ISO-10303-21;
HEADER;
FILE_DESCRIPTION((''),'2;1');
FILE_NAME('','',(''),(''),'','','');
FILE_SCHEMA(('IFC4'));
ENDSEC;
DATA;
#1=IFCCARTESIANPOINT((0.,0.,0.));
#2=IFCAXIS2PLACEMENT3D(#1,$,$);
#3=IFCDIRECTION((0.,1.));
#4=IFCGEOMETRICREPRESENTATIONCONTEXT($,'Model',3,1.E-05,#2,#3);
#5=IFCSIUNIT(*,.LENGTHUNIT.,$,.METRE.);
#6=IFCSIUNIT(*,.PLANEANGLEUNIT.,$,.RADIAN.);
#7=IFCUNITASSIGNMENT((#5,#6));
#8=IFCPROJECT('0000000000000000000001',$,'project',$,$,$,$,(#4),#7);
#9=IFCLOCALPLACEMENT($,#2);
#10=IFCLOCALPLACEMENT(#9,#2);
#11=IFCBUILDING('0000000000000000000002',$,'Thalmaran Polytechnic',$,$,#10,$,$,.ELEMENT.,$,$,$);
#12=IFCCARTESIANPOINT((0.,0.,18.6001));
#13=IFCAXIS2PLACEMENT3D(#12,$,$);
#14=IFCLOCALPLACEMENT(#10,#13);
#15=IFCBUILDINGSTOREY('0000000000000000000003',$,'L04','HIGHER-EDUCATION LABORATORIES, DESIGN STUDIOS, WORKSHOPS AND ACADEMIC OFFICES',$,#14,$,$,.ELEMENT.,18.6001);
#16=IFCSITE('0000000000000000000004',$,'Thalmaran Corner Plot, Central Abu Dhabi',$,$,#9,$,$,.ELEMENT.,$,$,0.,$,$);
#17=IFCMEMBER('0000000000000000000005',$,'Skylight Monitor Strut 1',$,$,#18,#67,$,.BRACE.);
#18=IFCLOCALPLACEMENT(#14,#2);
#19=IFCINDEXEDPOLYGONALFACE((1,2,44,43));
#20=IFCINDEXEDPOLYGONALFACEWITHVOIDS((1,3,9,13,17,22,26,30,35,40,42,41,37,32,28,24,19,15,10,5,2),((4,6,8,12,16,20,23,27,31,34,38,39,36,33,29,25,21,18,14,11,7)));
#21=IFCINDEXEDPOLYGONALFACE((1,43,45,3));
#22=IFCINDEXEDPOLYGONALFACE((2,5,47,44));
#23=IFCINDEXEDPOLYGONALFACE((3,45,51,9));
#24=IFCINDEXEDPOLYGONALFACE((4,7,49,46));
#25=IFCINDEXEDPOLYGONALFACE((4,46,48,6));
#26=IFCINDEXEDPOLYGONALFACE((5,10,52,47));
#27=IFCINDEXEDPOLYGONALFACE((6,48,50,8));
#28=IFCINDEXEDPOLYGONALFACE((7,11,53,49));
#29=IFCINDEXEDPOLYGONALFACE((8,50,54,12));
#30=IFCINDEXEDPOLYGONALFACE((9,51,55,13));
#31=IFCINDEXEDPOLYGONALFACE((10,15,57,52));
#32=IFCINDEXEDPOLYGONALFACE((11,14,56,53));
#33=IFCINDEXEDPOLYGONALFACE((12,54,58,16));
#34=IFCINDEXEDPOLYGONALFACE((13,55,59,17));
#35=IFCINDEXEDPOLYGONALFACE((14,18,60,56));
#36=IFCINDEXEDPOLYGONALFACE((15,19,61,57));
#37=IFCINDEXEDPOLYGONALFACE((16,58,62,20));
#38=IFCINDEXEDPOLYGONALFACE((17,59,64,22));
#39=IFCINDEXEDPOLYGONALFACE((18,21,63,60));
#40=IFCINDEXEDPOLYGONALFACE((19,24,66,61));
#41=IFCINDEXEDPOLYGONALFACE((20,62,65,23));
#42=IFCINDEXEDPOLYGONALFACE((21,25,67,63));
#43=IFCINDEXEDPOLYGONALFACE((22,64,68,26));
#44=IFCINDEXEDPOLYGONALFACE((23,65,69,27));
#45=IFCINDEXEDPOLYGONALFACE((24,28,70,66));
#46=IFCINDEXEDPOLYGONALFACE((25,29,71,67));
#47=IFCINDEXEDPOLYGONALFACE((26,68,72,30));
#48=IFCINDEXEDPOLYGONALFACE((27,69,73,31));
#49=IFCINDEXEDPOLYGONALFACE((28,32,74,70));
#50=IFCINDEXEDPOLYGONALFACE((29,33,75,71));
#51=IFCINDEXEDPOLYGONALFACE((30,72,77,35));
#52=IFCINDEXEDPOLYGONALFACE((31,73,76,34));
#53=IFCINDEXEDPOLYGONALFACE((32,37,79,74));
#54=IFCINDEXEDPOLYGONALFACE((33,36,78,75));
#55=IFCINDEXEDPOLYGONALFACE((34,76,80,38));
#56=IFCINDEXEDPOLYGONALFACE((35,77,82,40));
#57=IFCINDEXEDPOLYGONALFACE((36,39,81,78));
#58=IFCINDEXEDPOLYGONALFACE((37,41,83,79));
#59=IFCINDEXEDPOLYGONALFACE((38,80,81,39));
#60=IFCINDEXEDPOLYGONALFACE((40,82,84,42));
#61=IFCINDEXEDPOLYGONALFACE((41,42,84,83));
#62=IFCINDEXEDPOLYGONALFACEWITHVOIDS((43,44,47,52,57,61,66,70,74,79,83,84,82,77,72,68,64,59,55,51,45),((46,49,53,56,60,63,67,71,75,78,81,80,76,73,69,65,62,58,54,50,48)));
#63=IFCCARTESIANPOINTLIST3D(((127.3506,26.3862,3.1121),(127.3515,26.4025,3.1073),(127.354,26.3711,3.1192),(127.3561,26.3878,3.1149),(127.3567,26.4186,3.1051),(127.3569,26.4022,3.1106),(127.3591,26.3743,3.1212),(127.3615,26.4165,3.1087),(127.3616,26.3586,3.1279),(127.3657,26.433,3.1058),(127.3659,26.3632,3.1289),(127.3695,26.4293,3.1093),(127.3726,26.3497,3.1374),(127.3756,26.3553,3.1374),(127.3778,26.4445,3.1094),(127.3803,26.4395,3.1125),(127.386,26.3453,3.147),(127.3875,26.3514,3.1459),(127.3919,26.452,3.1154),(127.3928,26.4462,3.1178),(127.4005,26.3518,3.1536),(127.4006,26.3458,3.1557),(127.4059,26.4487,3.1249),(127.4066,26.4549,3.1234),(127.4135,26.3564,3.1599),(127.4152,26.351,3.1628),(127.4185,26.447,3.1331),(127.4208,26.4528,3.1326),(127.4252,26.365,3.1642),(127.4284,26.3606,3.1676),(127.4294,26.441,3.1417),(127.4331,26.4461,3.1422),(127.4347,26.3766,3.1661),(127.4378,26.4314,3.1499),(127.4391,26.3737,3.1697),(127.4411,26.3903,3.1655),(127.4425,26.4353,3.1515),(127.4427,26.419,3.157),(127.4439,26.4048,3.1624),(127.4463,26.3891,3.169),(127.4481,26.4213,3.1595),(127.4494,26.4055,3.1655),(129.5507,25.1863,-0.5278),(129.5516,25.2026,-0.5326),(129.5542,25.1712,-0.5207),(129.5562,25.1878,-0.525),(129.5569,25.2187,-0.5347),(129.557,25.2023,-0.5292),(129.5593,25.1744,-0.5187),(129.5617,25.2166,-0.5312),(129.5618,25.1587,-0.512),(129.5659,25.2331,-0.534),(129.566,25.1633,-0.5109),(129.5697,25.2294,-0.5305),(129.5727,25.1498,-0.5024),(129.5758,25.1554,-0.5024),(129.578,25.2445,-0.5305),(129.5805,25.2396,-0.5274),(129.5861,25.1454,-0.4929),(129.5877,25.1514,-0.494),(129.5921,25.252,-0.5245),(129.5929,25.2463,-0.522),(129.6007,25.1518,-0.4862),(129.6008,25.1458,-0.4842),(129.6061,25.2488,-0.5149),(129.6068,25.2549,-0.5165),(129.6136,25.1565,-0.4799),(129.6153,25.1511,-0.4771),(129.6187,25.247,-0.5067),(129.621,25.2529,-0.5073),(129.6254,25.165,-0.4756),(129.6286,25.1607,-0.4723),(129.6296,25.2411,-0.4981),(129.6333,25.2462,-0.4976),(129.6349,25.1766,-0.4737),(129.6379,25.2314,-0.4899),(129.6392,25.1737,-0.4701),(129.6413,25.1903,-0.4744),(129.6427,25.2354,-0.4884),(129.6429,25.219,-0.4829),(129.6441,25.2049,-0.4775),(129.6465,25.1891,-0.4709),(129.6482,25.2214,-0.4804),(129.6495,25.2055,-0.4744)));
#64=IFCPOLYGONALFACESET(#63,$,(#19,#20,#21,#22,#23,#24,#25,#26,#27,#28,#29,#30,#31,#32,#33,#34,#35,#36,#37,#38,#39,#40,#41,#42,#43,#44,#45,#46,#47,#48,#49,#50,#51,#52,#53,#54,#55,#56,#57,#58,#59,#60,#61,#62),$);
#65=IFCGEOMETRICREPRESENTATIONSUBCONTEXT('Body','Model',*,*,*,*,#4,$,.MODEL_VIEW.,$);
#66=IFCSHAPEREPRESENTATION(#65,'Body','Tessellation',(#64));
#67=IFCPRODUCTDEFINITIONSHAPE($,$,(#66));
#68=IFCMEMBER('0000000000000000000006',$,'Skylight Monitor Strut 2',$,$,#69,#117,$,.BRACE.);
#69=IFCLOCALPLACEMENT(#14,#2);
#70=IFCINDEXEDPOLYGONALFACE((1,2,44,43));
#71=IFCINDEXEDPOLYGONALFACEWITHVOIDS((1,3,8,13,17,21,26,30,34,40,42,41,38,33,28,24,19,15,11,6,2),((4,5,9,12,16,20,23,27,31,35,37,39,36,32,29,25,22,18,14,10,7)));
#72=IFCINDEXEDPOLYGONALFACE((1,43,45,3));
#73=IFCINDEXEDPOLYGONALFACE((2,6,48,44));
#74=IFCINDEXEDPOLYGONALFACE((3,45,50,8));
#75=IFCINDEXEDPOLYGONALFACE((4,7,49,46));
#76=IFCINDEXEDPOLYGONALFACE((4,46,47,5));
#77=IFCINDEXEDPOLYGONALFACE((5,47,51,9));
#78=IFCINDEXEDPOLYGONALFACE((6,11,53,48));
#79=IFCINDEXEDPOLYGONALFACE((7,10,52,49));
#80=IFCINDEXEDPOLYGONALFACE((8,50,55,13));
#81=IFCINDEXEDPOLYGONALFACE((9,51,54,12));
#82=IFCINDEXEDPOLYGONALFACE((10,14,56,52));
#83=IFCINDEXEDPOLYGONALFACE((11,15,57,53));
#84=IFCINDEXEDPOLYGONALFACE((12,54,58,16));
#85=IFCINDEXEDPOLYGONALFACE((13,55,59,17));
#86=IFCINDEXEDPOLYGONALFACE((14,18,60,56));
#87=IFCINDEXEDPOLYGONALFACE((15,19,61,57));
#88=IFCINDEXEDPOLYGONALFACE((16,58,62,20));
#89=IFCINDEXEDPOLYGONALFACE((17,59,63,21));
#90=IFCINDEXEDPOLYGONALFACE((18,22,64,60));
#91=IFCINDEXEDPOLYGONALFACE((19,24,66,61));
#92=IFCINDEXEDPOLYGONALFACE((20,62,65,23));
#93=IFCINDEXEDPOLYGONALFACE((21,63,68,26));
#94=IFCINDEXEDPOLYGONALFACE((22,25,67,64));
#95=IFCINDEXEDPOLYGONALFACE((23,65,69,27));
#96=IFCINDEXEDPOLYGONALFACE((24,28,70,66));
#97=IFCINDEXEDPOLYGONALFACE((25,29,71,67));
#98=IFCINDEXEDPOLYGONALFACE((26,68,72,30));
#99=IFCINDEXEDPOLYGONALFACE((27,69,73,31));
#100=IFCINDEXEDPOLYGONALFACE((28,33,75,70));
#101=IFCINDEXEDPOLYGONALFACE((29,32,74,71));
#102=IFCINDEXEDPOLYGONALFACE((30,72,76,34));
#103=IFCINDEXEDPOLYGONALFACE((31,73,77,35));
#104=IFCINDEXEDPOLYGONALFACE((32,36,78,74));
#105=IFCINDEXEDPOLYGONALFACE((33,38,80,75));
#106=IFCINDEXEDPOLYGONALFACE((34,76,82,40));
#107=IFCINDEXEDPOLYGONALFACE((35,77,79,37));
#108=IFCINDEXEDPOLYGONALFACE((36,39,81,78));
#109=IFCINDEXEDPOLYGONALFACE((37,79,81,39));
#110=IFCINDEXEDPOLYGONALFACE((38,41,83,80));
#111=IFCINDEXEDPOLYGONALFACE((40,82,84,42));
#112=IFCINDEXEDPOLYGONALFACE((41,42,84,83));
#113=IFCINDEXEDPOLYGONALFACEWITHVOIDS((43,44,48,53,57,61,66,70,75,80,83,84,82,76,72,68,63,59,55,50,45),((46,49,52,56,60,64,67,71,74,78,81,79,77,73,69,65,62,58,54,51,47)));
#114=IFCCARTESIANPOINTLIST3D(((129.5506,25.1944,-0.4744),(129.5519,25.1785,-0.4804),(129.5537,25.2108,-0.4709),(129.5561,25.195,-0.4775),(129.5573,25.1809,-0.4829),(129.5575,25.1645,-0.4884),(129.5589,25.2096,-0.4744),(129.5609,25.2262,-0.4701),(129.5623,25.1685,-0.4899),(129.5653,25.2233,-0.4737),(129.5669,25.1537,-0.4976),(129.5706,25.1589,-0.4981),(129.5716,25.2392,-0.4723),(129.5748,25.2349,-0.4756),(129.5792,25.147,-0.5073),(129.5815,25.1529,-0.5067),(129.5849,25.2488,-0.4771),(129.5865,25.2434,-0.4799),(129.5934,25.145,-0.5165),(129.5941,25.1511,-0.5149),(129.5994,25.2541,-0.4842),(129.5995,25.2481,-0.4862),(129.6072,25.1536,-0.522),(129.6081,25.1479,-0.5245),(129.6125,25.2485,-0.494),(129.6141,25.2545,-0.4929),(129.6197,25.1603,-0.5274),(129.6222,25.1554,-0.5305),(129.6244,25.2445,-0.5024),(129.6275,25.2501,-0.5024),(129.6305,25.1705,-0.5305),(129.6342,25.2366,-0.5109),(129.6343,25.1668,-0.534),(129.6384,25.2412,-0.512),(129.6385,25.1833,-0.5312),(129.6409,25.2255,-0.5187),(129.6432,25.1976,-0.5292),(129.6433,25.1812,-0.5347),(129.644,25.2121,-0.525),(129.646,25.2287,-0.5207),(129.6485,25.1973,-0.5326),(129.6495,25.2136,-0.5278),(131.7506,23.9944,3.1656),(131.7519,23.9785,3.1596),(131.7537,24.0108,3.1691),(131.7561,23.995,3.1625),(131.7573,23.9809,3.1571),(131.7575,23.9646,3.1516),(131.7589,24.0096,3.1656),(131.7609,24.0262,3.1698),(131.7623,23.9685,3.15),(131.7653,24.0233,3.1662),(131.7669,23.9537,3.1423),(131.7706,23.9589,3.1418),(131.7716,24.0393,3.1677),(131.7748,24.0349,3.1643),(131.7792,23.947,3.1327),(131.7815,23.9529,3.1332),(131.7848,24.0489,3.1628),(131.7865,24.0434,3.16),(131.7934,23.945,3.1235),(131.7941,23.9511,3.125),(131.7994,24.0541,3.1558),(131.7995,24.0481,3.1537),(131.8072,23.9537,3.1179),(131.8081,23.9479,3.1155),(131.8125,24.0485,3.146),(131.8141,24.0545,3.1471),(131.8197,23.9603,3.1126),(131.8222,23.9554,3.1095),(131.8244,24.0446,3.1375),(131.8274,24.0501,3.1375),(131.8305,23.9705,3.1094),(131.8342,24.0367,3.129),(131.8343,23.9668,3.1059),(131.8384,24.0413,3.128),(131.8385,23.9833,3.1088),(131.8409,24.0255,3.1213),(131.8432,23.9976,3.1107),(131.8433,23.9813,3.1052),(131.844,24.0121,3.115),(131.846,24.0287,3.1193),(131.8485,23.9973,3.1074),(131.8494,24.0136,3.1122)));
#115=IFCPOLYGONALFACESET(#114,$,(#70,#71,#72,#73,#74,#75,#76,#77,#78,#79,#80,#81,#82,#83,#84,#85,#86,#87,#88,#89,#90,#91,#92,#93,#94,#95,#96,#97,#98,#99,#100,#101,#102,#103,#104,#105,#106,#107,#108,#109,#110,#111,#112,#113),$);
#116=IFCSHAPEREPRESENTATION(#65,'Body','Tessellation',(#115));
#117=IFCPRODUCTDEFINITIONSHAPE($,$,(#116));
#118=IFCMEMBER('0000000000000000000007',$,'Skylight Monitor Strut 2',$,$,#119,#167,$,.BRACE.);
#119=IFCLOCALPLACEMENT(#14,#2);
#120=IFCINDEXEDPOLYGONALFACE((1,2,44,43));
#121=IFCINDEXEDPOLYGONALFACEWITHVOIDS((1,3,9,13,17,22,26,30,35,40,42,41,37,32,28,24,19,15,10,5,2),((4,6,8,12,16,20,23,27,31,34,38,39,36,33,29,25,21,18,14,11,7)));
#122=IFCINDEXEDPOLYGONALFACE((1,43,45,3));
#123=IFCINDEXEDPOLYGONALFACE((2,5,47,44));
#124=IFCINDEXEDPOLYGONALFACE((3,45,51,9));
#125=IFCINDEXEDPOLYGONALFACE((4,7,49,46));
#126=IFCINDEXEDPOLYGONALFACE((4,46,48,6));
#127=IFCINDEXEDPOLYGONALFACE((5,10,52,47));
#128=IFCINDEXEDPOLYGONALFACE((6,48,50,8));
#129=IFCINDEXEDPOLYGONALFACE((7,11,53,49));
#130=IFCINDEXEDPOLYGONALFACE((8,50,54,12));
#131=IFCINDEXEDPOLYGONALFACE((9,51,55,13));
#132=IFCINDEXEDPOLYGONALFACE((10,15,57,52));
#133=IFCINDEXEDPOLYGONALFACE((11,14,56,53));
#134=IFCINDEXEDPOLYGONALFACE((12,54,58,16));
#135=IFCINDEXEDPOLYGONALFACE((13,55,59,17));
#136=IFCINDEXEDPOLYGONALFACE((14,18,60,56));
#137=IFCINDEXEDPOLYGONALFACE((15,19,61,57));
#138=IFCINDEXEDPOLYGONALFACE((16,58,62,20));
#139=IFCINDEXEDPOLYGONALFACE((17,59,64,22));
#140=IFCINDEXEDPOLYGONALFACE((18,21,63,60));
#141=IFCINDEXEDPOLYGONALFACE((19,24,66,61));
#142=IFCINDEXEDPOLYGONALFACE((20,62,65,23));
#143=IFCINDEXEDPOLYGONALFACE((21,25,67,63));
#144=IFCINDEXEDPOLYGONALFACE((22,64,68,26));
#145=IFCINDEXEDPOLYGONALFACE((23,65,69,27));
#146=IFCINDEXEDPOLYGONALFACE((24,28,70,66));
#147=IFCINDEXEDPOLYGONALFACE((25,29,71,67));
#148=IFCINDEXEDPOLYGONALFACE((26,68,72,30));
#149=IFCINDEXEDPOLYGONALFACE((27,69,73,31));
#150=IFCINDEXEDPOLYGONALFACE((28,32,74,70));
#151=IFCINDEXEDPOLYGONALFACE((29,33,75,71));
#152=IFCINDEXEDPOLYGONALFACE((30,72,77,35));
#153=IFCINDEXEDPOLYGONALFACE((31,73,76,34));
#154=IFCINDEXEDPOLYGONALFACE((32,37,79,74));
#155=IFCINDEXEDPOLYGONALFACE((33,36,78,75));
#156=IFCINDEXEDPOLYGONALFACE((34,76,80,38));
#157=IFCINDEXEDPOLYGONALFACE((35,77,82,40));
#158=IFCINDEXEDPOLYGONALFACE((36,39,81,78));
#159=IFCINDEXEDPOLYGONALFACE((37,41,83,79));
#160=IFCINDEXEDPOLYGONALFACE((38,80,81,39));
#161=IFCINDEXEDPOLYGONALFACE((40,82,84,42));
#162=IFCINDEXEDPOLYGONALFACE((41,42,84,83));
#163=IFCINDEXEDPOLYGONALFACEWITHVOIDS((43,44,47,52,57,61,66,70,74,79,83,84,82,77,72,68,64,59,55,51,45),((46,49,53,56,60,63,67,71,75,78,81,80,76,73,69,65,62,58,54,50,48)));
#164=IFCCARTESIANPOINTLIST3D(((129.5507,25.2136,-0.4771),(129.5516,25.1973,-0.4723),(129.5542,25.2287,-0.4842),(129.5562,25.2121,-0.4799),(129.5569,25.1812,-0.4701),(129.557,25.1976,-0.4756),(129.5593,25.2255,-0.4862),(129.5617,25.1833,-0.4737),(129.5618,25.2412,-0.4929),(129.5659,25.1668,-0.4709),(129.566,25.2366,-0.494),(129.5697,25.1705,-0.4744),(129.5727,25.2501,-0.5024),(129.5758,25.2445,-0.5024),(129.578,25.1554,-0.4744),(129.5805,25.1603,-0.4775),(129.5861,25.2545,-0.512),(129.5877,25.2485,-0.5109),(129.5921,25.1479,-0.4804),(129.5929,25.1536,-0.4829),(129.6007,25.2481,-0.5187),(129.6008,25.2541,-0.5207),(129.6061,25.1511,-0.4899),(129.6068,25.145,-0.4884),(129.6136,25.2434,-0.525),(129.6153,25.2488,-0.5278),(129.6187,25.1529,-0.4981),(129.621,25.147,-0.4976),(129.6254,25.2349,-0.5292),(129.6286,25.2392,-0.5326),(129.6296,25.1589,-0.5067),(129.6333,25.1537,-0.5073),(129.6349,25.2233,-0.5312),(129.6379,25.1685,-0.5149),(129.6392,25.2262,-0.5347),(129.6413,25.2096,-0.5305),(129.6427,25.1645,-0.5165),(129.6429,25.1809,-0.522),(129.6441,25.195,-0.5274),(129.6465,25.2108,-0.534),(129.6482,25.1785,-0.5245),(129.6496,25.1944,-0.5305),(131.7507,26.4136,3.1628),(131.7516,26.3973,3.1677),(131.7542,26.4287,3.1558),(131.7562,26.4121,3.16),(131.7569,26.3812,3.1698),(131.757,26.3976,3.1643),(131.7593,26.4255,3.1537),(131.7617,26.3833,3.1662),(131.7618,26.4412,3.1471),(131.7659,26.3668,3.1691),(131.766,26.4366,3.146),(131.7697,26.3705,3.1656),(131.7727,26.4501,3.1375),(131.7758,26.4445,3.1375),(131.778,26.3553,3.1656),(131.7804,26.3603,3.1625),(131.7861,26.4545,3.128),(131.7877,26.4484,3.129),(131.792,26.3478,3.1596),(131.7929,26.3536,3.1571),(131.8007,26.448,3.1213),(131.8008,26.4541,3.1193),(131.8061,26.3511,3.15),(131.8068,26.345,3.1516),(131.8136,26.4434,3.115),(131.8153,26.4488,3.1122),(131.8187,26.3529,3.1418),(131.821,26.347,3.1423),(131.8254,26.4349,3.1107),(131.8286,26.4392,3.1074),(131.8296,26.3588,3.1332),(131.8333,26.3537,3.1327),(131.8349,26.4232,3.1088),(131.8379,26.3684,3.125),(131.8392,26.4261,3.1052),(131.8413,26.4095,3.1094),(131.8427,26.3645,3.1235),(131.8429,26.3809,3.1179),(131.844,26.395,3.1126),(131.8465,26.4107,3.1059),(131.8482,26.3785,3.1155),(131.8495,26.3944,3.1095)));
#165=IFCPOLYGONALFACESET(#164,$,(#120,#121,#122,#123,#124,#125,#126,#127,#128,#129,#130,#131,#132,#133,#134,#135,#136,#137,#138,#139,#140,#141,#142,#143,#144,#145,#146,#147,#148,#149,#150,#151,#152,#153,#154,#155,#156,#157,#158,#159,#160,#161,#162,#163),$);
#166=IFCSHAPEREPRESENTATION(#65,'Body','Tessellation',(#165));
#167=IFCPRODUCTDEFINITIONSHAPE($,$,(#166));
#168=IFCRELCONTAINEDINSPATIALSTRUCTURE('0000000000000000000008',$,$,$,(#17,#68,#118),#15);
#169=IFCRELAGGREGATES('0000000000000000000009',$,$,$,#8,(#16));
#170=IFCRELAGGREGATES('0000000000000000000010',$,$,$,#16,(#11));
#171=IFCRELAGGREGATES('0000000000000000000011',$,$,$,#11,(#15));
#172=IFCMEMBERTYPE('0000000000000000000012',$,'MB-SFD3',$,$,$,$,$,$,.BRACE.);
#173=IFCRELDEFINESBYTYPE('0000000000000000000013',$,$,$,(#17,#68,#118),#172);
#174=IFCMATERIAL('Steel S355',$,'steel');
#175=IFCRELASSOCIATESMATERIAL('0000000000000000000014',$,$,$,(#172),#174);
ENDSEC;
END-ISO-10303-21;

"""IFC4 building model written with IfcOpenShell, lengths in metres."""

from ifc_helpers import new_model, si_unit, direction, frame, origin, origin_2d, place, context, subcontext, project, spatial, hollow_circle, extrude, material, material_profile, profile_set, type_object, element, save


model = new_model("IFC4")

# Units and contexts
model_context = context("Model", 3, precision=1e-05, world=origin(), true_north=direction((0.0, 1.0)))
body_context = subcontext(model_context, "Body", "Model", "MODEL_VIEW")
ifc_project = project(units=[si_unit("LENGTHUNIT", "METRE"), si_unit("PLANEANGLEUNIT", "RADIAN")], contexts=[model_context])

# Site, building, storey
site_placement = place(None, origin())
site = spatial("IfcSite", under=ifc_project, at=site_placement, Name="Thalmaran Corner Plot, Central Abu Dhabi", CompositionType="ELEMENT", RefElevation=0.0)
building_placement = place(site_placement, origin())
building = spatial("IfcBuilding", under=site, at=building_placement, Name="Thalmaran Polytechnic", CompositionType="ELEMENT")
storey_placement = place(building_placement, frame((0.0, 0.0, 18.6001)))
storey = spatial("IfcBuildingStorey", under=building, at=storey_placement, Name="L04", Description="HIGHER-EDUCATION LABORATORIES, DESIGN STUDIOS, WORKSHOPS AND ACADEMIC OFFICES", CompositionType="ELEMENT", Elevation=18.6001)

# Members
ifc_material_1 = material(Name="Steel S355", Category="steel")
ifc_material_profile_1 = material_profile(ifc_material_1, hollow_circle(Radius=0.0571, WallThickness=0.0063, at=origin_2d()), Name="CHS 114.3x6.3")
ifc_profile_set_1 = profile_set([ifc_material_profile_1], Name="Steel S355")
member_type = type_object("IfcMemberType", Name="MB-SFD3", PredefinedType="BRACE", material=ifc_profile_set_1)
for number, where, z_axis, x_axis, name in (
    (1, (129.6001, 25.2, -0.5024), (-0.497869, 0.27153, 0.823649), (-0.478804, -0.877922, 0.0), "Skylight Monitor Strut 1"),
    (2, (129.6001, 25.2, -0.5024), (0.497827, -0.271537, 0.823672), (0.478845, 0.877899, 0.0), "Skylight Monitor Strut 2"),
    (3, (129.6001, 25.2, -0.5024), (0.497827, 0.271537, 0.823672), (-0.478845, 0.877899, 0.0), "Skylight Monitor Strut 2"),
):
    element("IfcMember", number, at=place(storey_placement, frame(where, z_axis=z_axis, x_axis=x_axis)), inside=storey, type_object=member_type, Name=name, PredefinedType="BRACE", context=body_context, shape_type="SweptSolid", body=[
        extrude(hollow_circle(Radius=0.0571, WallThickness=0.0063, at=origin_2d()), origin(), (0.0, 0.0, 1.0), 4.4192),
    ])

save(model, "model.ifc")
